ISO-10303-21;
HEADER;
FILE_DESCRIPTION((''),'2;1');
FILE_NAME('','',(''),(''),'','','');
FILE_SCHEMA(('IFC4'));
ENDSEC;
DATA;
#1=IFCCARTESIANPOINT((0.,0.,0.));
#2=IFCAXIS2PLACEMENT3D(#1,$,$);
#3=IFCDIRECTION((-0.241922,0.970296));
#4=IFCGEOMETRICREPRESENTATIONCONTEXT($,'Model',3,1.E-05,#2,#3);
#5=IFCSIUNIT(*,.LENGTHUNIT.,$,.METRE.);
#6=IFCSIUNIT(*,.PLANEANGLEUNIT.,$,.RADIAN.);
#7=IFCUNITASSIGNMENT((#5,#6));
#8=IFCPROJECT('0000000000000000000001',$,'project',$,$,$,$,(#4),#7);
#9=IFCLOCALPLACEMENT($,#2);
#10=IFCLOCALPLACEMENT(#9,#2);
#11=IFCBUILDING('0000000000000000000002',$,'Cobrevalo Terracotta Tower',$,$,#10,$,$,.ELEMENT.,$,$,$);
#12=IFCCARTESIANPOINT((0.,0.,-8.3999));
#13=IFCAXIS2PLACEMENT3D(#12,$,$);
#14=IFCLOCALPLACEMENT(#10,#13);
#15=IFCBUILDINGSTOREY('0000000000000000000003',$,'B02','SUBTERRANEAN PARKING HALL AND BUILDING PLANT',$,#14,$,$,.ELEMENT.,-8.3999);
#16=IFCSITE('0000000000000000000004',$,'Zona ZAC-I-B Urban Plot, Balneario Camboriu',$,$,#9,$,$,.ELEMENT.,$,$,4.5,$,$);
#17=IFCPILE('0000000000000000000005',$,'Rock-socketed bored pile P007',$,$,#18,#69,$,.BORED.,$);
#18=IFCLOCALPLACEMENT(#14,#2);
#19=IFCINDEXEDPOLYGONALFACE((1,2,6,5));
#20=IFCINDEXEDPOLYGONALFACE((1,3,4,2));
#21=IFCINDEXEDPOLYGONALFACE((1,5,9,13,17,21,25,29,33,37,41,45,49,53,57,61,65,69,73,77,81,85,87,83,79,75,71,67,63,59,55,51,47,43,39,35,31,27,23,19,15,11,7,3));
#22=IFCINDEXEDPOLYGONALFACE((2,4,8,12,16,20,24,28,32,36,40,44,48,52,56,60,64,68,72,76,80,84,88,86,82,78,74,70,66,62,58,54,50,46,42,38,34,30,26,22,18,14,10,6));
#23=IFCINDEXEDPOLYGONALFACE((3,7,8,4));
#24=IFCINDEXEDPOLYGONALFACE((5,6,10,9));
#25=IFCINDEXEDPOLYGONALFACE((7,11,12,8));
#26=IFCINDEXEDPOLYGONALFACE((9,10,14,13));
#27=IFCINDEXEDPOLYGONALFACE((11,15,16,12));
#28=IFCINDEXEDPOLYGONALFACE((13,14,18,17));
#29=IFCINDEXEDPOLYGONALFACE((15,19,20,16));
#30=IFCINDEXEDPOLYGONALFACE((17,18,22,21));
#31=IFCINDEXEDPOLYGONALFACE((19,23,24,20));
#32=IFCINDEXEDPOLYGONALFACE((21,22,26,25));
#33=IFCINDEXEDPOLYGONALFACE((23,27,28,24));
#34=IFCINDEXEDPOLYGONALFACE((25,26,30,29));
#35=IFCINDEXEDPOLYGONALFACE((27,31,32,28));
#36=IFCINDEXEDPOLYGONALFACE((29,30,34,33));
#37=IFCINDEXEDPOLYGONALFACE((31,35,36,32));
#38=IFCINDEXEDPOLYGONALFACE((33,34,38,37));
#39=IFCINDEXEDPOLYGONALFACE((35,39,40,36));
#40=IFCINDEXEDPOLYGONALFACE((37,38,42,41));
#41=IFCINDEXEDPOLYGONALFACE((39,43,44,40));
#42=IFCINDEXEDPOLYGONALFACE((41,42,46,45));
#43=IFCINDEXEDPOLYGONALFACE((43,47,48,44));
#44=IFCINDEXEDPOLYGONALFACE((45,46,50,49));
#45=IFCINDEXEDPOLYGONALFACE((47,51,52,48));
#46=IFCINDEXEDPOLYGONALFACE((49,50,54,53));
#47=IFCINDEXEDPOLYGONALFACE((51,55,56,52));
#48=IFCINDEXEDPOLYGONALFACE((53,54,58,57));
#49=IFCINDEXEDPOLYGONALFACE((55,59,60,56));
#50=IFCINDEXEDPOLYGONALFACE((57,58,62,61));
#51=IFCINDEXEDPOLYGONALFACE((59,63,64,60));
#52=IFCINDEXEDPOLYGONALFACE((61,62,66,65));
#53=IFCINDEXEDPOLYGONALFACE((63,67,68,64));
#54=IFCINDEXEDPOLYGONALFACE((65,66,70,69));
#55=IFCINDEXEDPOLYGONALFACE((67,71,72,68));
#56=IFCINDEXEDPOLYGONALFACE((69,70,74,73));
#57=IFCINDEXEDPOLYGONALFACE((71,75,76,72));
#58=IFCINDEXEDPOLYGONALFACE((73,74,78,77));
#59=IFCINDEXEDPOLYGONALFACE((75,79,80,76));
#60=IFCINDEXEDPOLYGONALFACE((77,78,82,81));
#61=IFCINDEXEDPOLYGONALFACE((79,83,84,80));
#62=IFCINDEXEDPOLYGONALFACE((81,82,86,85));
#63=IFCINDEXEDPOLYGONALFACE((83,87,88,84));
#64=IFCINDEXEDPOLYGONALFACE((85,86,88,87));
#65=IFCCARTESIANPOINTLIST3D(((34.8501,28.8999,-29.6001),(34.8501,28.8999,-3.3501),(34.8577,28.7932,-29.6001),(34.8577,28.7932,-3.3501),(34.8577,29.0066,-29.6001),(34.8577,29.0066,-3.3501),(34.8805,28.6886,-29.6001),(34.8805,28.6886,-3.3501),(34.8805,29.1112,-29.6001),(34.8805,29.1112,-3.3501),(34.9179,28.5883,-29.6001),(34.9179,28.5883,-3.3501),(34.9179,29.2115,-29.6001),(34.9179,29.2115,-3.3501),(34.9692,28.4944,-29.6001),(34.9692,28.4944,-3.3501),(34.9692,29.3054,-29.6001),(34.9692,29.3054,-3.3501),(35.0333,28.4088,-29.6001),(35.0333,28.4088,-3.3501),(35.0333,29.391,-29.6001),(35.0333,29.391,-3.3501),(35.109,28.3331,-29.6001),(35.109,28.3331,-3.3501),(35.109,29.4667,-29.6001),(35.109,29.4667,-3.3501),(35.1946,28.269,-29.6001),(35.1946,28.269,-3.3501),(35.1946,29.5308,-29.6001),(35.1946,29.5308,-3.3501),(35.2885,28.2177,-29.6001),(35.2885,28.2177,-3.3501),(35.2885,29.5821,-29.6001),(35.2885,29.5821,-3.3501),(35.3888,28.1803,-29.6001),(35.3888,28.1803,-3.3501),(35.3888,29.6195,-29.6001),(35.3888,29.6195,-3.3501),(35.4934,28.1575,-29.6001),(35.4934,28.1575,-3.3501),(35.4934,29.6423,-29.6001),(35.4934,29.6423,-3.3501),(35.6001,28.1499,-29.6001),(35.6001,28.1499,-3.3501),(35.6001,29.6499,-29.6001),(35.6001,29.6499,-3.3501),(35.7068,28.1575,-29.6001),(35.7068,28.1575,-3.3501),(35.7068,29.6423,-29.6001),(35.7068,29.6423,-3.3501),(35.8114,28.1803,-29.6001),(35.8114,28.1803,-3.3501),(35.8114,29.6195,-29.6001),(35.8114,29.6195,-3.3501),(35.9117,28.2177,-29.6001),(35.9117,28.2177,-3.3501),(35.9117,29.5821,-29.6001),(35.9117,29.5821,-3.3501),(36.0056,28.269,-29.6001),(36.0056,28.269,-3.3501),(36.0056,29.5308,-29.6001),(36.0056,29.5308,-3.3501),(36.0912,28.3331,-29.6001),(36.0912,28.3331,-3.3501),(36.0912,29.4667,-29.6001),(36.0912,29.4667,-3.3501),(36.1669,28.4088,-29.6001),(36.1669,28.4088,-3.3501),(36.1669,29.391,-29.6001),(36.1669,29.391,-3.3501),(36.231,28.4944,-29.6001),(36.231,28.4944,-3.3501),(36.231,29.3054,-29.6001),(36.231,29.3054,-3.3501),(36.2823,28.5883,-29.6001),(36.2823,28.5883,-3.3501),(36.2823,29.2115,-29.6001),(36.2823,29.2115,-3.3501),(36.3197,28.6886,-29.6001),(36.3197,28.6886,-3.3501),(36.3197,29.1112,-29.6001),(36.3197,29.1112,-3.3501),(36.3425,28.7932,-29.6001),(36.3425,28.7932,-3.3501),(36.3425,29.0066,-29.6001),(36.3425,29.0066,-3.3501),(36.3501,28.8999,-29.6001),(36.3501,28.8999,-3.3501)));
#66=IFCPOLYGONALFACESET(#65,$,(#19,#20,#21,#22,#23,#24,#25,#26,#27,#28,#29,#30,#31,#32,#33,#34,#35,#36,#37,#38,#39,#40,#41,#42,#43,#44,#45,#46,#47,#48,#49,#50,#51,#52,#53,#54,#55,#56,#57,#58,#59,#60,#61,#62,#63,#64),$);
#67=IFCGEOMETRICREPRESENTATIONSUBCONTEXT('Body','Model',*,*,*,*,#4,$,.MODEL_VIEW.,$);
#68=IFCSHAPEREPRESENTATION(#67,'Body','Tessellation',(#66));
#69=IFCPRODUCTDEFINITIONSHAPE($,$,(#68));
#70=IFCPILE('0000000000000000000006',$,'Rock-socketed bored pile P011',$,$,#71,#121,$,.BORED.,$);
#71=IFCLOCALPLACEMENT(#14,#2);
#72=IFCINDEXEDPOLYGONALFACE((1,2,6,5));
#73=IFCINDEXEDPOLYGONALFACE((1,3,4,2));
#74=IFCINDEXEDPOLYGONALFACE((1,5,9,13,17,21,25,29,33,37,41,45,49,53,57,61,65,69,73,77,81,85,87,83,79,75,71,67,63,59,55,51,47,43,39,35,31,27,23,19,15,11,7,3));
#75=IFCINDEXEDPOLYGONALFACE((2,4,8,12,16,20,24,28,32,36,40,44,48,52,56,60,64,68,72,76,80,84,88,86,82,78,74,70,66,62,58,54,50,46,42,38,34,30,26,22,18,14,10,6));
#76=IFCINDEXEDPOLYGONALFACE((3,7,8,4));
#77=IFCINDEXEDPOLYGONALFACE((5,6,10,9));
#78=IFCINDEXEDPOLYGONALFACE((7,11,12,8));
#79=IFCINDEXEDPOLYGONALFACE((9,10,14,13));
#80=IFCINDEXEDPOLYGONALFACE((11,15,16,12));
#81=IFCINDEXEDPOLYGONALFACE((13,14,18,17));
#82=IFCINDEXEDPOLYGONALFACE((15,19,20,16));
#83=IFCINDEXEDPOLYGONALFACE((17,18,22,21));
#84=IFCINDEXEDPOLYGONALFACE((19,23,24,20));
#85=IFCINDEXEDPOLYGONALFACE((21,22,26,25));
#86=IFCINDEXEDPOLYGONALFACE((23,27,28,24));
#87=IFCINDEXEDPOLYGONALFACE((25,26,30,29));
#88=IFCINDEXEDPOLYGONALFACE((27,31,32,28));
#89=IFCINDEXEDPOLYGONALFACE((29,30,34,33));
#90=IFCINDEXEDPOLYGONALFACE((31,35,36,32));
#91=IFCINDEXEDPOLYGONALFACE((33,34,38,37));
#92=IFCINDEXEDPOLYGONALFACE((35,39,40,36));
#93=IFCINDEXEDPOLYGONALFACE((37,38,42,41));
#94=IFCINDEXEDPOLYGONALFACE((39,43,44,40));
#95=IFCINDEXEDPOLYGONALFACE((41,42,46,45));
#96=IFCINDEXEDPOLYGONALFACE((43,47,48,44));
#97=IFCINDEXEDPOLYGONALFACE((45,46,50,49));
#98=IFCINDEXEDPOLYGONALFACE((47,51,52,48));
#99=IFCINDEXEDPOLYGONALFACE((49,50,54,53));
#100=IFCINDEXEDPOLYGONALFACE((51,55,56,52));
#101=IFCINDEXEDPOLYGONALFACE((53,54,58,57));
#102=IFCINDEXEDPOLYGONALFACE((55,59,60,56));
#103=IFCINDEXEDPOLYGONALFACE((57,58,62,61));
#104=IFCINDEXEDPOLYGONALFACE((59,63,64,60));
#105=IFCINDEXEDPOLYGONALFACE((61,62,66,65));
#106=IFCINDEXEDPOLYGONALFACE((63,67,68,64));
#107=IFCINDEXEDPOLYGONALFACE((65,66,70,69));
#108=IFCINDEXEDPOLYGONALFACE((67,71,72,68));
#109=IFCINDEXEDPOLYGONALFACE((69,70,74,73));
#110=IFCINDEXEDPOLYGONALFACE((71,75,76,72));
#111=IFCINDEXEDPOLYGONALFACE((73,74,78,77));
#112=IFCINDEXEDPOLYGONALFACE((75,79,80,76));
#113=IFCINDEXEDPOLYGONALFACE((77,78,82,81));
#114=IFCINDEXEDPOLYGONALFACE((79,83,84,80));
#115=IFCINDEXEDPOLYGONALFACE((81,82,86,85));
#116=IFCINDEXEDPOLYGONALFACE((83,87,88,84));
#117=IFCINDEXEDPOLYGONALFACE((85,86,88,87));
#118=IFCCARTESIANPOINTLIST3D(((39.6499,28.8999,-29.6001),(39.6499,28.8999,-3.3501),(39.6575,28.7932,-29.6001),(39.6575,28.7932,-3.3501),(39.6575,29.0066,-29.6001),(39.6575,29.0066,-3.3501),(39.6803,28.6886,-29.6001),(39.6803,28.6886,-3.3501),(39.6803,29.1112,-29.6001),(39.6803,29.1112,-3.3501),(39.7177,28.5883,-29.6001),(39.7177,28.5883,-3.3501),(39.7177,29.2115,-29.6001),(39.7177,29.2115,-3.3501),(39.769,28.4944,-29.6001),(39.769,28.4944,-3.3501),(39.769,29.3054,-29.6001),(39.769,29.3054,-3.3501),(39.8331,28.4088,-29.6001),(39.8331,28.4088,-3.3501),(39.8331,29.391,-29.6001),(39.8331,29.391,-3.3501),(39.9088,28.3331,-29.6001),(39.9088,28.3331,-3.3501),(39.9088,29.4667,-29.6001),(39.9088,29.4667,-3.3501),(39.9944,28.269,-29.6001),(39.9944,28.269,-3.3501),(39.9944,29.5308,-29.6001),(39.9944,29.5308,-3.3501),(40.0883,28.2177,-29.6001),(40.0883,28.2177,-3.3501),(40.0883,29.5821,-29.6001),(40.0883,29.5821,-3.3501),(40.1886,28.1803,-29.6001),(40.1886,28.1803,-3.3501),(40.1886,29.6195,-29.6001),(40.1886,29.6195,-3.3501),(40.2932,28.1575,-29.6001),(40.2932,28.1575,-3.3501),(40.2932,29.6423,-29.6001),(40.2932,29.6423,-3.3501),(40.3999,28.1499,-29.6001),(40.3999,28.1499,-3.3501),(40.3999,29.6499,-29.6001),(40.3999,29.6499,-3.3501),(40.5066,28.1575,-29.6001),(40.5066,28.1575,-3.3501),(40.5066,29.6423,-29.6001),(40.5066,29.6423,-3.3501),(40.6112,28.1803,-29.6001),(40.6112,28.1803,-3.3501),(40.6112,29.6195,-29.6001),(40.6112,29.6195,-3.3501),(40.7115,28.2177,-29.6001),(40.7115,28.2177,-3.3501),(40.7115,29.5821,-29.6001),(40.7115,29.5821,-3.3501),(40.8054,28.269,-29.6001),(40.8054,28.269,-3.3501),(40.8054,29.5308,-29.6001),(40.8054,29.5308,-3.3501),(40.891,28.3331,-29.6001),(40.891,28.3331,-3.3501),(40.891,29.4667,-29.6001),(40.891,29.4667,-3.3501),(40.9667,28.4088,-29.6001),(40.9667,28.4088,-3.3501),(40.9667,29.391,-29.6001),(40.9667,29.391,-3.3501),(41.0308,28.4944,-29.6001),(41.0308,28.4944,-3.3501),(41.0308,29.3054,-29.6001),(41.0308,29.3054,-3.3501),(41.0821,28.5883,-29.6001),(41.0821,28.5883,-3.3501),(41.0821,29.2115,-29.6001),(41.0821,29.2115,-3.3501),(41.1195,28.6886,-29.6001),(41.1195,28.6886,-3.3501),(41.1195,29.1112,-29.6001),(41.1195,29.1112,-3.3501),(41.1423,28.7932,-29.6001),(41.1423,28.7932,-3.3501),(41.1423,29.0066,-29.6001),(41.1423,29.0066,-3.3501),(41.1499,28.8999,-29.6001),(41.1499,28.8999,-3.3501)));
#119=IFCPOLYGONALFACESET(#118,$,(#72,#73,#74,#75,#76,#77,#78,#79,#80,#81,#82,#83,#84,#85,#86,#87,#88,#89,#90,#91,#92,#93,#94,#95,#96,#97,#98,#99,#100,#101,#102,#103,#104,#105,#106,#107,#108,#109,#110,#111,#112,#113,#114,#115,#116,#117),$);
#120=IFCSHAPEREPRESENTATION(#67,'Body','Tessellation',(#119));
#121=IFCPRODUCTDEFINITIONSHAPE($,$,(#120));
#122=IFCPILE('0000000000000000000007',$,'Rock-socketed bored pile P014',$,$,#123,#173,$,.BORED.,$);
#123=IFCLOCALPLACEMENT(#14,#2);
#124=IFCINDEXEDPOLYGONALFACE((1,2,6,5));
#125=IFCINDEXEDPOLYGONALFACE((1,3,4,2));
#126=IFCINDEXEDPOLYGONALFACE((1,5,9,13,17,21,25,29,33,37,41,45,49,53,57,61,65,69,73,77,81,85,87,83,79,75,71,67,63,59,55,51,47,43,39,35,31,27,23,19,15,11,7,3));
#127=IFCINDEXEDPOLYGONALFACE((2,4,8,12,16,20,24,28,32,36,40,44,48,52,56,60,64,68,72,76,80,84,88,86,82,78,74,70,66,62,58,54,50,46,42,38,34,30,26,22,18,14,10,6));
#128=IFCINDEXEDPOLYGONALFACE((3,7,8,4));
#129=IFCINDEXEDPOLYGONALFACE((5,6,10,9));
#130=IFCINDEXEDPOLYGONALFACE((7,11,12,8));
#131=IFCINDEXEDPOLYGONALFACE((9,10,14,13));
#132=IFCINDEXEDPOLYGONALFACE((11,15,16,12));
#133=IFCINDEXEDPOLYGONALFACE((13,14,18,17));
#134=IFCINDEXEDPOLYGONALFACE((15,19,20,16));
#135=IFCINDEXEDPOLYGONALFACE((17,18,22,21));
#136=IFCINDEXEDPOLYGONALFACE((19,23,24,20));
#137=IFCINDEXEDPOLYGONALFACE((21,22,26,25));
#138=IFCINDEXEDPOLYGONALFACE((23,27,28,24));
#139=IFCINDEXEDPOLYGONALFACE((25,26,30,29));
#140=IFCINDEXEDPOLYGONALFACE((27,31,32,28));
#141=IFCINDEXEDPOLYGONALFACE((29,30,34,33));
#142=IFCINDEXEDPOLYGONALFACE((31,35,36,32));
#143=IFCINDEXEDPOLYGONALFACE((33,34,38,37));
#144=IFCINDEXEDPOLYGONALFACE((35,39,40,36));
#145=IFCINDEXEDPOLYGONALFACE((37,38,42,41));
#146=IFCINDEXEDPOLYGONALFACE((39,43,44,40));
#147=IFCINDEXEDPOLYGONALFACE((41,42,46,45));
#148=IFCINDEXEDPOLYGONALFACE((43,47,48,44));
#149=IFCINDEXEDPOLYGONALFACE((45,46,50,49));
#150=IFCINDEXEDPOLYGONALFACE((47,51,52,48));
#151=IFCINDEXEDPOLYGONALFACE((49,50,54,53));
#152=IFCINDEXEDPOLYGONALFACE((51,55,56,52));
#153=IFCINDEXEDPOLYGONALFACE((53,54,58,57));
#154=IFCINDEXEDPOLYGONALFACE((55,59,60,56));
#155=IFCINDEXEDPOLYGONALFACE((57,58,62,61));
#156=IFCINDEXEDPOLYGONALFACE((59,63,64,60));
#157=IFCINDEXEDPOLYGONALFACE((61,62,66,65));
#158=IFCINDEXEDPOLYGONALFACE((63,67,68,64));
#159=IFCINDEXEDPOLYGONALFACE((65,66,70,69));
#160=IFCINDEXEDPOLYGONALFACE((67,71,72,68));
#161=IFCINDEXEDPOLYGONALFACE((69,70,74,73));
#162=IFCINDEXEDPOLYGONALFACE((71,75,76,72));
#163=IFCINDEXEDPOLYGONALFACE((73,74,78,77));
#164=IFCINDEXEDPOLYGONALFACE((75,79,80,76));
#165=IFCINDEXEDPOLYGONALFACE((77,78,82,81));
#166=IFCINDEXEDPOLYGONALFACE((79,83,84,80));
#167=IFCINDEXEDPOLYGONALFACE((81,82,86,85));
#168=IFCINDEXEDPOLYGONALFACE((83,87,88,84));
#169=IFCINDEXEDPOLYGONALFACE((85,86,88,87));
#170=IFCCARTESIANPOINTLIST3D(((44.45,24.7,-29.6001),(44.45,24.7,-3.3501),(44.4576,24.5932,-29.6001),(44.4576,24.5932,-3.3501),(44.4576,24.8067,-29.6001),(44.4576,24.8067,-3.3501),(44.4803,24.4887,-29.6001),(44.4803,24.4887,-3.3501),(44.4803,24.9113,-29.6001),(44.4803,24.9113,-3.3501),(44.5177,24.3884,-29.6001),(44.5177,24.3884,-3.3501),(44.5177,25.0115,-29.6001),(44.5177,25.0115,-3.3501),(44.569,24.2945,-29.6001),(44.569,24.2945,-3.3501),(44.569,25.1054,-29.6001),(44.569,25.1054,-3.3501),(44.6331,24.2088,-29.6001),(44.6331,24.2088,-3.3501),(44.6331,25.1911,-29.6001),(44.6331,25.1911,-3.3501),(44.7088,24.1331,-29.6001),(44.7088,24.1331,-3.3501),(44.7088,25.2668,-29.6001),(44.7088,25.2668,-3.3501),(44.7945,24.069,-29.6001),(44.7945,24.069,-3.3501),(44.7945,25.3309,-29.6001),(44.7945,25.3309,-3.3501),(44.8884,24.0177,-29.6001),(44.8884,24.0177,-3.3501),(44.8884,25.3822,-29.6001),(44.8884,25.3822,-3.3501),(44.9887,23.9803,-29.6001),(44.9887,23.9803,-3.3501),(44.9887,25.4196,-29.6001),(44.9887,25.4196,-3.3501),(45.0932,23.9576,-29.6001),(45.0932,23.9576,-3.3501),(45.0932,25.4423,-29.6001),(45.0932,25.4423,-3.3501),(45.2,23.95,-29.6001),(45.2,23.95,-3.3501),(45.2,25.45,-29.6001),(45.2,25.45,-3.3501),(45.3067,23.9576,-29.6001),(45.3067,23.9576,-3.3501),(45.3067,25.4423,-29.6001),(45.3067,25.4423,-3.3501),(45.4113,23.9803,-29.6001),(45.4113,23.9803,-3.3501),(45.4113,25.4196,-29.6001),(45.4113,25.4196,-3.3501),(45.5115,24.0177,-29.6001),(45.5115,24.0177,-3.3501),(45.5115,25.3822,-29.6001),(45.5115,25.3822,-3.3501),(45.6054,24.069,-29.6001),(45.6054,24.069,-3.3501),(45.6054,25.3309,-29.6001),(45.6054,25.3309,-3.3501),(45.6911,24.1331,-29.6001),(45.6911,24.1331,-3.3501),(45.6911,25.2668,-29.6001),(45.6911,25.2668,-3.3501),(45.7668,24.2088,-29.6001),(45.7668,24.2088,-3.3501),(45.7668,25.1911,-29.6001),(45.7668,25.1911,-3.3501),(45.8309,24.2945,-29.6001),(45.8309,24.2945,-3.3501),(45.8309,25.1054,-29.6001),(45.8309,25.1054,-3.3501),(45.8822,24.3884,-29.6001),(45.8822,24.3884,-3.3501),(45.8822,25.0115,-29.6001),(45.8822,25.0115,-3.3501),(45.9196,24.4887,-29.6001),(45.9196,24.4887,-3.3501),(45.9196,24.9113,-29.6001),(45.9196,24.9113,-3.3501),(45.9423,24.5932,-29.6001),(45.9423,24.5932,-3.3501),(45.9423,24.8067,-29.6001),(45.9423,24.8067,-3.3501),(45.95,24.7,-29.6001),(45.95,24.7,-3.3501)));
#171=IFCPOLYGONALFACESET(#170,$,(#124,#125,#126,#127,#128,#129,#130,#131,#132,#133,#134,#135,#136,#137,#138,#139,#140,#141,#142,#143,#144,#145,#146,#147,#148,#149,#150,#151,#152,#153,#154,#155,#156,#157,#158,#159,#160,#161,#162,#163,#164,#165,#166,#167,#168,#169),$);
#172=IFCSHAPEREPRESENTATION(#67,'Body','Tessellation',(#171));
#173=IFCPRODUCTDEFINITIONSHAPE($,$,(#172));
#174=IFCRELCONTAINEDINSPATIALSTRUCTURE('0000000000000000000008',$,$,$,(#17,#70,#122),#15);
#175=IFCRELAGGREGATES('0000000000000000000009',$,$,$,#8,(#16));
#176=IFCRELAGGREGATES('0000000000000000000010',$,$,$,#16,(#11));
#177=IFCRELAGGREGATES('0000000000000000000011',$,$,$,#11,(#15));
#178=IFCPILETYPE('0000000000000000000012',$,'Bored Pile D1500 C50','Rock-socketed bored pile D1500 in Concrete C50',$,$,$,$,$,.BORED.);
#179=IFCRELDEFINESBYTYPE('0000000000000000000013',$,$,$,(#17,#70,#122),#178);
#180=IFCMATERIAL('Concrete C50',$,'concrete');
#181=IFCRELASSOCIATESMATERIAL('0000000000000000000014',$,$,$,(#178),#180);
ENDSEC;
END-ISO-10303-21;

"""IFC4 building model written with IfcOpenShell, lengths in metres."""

from ifc_helpers import new_model, si_unit, direction, frame, origin, origin_2d, place, context, subcontext, project, spatial, circle, extrude, material, material_profile, profile_set, type_object, element, save


model = new_model("IFC4")

# Units and contexts
model_context = context("Model", 3, precision=1e-05, world=origin(), true_north=direction((-0.241922, 0.970296)))
body_context = subcontext(model_context, "Body", "Model", "MODEL_VIEW")
ifc_project = project(units=[si_unit("LENGTHUNIT", "METRE"), si_unit("PLANEANGLEUNIT", "RADIAN")], contexts=[model_context])

# Site, building, storey
site_placement = place(None, origin())
site = spatial("IfcSite", under=ifc_project, at=site_placement, Name="Zona ZAC-I-B Urban Plot, Balneario Camboriu", CompositionType="ELEMENT", RefElevation=4.5)
building_placement = place(site_placement, origin())
building = spatial("IfcBuilding", under=site, at=building_placement, Name="Cobrevalo Terracotta Tower", CompositionType="ELEMENT")
storey_placement = place(building_placement, frame((0.0, 0.0, -8.3999)))
storey = spatial("IfcBuildingStorey", under=building, at=storey_placement, Name="B02", Description="SUBTERRANEAN PARKING HALL AND BUILDING PLANT", CompositionType="ELEMENT", Elevation=-8.3999)

# Piles
ifc_material_1 = material(Name="Concrete C50", Category="concrete")
ifc_material_profile = material_profile(ifc_material_1, circle(Radius=0.75, at=origin_2d()), Name="PILE D1500")
ifc_profile_set = profile_set([ifc_material_profile], Name="Concrete C50")
pile_type = type_object("IfcPileType", Name="Bored Pile D1500 C50", Description="Rock-socketed bored pile D1500 in Concrete C50", PredefinedType="BORED", material=ifc_profile_set)
for number, where, z_axis, x_axis, name in (
    (1, (35.6001, 28.8999, -3.3501), (0.0, 0.0, -1.0), (1.0, 0.0, 0.0), "Rock-socketed bored pile P007"),
    (2, (40.3999, 28.8999, -3.3501), (0.0, 0.0, -1.0), (1.0, 0.0, 0.0), "Rock-socketed bored pile P011"),
    (3, (45.2, 24.7, -3.3501), (0.0, 0.0, -1.0), (1.0, 0.0, 0.0), "Rock-socketed bored pile P014"),
):
    element("IfcPile", number, at=place(storey_placement, frame(where, z_axis=z_axis, x_axis=x_axis)), inside=storey, type_object=pile_type, Name=name, PredefinedType="BORED", context=body_context, shape_type="SweptSolid", body=[
        extrude(circle(Radius=0.75, at=origin_2d()), origin(), (0.0, 0.0, 1.0), 26.25),
    ])

save(model, "model.ifc")
